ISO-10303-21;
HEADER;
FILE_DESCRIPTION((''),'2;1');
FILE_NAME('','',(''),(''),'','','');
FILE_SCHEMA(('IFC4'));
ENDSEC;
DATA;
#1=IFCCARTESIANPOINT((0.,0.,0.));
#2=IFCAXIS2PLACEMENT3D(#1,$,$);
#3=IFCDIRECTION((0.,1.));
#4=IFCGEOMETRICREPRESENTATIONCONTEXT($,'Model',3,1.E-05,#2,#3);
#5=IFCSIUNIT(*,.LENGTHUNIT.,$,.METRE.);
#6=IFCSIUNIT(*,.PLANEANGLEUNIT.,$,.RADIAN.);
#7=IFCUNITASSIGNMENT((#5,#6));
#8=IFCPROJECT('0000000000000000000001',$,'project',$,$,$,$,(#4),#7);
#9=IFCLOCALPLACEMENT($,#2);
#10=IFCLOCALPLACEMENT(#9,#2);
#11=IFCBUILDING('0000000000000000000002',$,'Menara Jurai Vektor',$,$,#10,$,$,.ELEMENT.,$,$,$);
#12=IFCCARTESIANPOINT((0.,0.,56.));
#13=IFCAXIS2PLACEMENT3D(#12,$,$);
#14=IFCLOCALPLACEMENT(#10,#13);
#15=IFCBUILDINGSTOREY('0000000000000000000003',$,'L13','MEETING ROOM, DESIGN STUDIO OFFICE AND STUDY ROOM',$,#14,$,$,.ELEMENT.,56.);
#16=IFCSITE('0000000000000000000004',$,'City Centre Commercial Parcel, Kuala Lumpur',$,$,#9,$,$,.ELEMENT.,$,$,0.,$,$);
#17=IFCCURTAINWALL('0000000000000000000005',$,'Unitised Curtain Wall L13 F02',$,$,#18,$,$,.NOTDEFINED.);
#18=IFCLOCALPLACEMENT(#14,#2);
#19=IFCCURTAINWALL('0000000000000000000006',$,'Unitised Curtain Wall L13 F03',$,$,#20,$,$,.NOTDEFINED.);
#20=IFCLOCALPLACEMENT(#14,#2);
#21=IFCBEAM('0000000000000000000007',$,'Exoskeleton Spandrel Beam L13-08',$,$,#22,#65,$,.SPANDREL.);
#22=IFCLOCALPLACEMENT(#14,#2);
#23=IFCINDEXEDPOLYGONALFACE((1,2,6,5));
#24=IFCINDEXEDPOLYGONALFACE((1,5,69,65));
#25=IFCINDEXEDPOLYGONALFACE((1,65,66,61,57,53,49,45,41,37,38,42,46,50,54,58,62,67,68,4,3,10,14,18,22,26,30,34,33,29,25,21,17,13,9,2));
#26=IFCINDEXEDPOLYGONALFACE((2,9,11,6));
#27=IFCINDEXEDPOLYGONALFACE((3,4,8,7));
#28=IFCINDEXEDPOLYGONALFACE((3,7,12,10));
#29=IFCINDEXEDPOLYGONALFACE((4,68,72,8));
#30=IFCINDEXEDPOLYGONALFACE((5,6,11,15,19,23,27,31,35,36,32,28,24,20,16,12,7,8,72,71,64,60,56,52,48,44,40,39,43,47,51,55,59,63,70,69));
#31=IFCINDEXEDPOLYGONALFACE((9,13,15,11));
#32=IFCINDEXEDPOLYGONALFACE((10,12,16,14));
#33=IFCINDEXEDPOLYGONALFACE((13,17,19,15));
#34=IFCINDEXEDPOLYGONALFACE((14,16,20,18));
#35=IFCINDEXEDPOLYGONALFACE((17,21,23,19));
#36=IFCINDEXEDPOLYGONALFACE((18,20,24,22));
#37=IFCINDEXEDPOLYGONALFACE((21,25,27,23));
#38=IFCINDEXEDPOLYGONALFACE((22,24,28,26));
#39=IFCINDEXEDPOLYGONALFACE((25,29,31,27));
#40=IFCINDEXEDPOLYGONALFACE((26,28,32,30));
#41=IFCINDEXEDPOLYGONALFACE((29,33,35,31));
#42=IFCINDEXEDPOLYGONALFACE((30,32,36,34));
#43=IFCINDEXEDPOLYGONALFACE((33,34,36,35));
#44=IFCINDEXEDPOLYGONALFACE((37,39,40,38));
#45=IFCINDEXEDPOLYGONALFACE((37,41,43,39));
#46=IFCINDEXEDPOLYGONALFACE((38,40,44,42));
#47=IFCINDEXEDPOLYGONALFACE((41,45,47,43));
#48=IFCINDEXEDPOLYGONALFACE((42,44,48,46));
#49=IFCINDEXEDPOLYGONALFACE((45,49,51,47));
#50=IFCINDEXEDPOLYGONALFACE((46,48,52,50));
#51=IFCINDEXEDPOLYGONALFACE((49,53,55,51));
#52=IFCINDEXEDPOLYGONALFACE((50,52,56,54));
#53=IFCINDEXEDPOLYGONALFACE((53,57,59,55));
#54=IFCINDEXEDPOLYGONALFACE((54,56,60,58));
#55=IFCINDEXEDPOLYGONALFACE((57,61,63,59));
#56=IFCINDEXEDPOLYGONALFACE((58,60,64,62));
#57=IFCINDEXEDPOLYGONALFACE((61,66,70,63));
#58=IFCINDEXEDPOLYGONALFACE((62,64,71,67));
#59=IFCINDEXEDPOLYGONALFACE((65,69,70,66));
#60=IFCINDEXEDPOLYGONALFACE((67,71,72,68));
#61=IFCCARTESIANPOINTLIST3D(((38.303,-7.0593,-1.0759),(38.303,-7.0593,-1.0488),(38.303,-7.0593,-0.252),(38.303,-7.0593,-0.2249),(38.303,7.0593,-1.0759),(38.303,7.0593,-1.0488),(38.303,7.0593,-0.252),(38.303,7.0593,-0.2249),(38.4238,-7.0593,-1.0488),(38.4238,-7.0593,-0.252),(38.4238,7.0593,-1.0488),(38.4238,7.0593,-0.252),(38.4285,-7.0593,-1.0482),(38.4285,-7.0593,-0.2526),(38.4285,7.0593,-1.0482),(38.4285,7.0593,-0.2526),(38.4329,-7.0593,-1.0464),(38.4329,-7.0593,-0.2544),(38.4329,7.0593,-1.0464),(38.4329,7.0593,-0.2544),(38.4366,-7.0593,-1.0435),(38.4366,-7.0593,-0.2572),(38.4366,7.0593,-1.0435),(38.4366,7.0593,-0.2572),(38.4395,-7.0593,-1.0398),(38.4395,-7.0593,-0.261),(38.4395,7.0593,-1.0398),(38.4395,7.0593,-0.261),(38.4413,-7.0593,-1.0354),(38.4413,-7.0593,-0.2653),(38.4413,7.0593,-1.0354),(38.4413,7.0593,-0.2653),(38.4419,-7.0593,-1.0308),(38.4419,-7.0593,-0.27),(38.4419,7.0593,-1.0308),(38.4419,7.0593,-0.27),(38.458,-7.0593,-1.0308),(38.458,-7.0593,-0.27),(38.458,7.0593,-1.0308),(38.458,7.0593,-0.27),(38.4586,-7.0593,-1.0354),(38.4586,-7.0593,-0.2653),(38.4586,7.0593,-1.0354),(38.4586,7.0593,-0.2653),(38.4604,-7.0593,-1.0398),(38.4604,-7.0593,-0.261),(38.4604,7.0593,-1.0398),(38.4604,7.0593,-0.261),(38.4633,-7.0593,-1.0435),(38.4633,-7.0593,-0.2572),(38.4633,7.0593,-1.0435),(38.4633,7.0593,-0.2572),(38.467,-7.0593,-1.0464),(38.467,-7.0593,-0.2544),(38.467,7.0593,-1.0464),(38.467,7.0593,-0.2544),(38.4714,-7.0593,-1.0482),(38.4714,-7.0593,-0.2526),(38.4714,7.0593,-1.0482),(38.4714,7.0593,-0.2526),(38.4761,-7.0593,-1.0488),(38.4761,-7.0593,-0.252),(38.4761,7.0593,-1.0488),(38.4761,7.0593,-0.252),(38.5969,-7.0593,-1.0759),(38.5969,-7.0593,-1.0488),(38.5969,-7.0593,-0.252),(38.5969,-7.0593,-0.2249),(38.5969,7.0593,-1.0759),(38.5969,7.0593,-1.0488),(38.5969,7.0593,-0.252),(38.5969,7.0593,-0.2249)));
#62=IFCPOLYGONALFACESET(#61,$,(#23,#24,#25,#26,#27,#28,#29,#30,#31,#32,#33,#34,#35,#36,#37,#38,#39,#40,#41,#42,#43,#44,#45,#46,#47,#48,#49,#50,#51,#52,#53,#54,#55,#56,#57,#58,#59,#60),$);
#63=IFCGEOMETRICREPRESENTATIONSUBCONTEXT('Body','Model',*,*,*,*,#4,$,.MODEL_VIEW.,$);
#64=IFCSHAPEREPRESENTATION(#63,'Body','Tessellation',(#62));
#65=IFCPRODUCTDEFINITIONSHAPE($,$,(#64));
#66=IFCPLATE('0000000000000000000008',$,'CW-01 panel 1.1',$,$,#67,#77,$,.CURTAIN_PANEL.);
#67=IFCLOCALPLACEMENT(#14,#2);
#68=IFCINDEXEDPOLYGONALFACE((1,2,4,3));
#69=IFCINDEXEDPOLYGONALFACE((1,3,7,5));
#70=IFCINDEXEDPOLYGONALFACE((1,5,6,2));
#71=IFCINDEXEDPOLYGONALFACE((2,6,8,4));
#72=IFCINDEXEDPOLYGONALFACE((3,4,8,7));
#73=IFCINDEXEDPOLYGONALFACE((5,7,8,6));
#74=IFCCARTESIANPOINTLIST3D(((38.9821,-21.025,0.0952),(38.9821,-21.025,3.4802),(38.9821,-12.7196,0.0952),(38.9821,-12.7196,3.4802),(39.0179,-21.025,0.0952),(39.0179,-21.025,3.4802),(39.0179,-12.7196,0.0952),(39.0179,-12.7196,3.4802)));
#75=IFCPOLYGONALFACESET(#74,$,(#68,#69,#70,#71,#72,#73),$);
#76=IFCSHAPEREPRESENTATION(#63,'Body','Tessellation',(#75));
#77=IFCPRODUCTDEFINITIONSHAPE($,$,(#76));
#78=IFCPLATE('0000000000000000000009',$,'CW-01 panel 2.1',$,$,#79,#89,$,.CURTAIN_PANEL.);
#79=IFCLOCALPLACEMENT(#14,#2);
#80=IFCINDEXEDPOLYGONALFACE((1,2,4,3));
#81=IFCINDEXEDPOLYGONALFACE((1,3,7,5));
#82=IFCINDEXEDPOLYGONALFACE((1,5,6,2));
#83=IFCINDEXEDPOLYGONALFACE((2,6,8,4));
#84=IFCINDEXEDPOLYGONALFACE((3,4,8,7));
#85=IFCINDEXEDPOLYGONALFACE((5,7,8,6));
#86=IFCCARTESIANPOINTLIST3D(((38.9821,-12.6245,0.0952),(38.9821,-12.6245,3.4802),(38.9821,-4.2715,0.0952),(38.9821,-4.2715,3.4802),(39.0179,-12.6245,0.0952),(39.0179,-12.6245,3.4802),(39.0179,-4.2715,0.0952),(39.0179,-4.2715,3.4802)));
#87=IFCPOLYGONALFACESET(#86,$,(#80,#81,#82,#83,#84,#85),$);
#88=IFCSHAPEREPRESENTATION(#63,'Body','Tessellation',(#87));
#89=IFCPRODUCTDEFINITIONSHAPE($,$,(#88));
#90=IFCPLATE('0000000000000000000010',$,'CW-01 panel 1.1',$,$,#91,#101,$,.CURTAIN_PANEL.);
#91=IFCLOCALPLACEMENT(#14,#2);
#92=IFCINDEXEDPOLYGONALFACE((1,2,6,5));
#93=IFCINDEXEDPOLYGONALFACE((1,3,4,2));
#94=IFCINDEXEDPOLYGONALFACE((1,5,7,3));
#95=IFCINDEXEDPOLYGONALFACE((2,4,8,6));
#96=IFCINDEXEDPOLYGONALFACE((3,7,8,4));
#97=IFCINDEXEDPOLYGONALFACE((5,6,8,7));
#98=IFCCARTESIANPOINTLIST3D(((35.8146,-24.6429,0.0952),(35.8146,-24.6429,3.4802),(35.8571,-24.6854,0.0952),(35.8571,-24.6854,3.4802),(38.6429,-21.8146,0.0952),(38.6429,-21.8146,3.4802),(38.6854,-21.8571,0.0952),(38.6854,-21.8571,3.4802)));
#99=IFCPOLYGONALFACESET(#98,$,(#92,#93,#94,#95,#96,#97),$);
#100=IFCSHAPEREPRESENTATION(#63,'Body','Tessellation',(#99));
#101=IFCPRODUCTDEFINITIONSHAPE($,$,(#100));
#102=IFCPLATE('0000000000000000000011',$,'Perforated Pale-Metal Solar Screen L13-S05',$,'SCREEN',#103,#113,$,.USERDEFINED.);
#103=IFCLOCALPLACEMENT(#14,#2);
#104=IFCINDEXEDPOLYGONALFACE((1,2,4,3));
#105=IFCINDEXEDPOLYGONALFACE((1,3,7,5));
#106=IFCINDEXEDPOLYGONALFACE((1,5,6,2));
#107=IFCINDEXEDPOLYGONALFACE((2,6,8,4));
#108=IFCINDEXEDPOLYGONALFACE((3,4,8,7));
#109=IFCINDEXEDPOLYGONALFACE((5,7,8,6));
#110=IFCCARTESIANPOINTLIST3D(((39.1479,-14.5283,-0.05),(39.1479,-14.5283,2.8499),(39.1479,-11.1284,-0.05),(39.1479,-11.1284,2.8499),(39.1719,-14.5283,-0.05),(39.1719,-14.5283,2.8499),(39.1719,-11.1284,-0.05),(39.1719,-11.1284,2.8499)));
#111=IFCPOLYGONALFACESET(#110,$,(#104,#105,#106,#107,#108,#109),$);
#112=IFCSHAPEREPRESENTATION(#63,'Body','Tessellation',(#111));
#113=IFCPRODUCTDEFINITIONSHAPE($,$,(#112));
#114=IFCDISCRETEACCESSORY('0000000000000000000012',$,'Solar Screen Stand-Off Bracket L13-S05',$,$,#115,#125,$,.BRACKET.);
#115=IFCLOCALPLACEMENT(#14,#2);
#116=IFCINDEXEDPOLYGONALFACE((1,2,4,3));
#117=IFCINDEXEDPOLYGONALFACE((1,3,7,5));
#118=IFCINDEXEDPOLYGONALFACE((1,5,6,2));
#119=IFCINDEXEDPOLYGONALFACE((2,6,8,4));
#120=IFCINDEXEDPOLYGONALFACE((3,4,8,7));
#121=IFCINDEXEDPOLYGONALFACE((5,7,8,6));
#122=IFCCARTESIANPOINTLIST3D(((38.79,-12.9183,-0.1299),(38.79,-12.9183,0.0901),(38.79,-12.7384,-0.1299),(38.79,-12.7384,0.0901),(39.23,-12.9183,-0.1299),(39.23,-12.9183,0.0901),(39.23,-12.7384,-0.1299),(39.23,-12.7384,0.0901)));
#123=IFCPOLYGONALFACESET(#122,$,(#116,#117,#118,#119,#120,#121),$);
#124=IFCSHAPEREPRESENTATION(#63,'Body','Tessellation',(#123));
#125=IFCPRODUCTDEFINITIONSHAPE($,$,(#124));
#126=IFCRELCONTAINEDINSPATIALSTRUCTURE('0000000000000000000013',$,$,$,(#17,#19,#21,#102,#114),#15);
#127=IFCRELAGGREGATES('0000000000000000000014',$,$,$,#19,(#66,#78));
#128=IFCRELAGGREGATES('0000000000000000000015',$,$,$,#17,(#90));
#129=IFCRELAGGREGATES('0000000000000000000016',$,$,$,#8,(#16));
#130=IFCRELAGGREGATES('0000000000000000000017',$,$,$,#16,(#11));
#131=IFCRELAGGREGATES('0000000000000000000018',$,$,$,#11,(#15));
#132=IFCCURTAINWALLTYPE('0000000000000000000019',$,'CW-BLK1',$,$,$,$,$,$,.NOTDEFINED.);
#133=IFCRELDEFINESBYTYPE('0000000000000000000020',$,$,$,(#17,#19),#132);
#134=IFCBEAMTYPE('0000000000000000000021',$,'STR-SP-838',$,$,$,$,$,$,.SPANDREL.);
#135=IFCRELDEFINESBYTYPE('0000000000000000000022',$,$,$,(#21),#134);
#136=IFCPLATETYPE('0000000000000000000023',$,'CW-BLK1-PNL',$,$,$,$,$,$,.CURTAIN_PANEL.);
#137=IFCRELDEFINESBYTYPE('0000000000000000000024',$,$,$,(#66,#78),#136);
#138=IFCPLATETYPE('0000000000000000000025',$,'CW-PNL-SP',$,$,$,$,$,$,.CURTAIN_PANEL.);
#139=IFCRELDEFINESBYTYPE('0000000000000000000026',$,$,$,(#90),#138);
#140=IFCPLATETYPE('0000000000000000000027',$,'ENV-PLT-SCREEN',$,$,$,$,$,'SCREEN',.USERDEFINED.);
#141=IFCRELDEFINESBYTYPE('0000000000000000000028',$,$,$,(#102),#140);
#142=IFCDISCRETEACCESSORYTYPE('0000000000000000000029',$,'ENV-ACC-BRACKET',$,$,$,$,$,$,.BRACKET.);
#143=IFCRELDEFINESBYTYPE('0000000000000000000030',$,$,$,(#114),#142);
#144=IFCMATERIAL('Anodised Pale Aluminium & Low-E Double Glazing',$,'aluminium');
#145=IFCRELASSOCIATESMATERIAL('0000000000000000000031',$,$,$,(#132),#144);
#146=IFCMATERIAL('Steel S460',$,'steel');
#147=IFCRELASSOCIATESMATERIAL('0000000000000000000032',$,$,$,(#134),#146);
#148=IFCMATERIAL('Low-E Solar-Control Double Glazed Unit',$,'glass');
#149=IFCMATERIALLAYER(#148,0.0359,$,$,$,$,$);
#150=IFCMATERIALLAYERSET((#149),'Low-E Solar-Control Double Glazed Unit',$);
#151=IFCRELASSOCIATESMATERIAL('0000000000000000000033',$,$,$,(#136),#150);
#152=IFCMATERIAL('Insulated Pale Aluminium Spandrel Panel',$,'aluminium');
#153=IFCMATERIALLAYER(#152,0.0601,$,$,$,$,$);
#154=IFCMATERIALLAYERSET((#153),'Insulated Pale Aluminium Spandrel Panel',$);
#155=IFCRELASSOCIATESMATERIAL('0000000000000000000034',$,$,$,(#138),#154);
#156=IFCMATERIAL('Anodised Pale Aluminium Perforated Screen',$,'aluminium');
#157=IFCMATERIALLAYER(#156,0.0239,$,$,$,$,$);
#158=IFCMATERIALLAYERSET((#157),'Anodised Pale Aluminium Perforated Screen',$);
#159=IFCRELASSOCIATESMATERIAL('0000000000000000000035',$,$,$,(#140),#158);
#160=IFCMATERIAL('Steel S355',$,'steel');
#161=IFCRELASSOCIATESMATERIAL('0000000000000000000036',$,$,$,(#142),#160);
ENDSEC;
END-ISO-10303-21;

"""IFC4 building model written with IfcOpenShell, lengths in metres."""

from ifc_helpers import new_model, si_unit, direction, frame, origin, origin_2d, place, context, subcontext, project, spatial, rectangle, i_section, extrude, material, layer, layer_set, material_profile, profile_set, type_object, element, aggregate, save


model = new_model("IFC4")

# Units and contexts
model_context = context("Model", 3, precision=1e-05, world=origin(), true_north=direction((0.0, 1.0)))
body_context = subcontext(model_context, "Body", "Model", "MODEL_VIEW")
ifc_project = project(units=[si_unit("LENGTHUNIT", "METRE"), si_unit("PLANEANGLEUNIT", "RADIAN")], contexts=[model_context])

# Site, building, storey
site_placement = place(None, origin())
site = spatial("IfcSite", under=ifc_project, at=site_placement, Name="City Centre Commercial Parcel, Kuala Lumpur", CompositionType="ELEMENT", RefElevation=0.0)
building_placement = place(site_placement, origin())
building = spatial("IfcBuilding", under=site, at=building_placement, Name="Menara Jurai Vektor", CompositionType="ELEMENT")
storey_placement = place(building_placement, frame((0.0, 0.0, 56.0)))
storey = spatial("IfcBuildingStorey", under=building, at=storey_placement, Name="L13", Description="MEETING ROOM, DESIGN STUDIO OFFICE AND STUDY ROOM", CompositionType="ELEMENT", Elevation=56.0)

# Shared definitions
ifc_material_1 = material(Name="Steel S460", Category="steel")

# Curtain wall
ifc_material_2 = material(Name="Anodised Pale Aluminium & Low-E Double Glazing", Category="aluminium")
curtain_wall_type = type_object("IfcCurtainWallType", Name="CW-BLK1", PredefinedType="NOTDEFINED", material=ifc_material_2)
curtain_wall_1_placement = place(storey_placement, origin())
curtain_wall_1 = element("IfcCurtainWall", 1, at=curtain_wall_1_placement, inside=storey, type_object=curtain_wall_type, Name="Unitised Curtain Wall L13 F02", PredefinedType="NOTDEFINED")

# Curtain wall
curtain_wall_2_placement = place(storey_placement, origin())
curtain_wall_2 = element("IfcCurtainWall", 2, at=curtain_wall_2_placement, inside=storey, type_object=curtain_wall_type, Name="Unitised Curtain Wall L13 F03", PredefinedType="NOTDEFINED")

# Beam
ifc_material_3 = material(Name="Steel S355", Category="steel")
ifc_material_profile_1 = material_profile(ifc_material_1, i_section(OverallWidth=0.2939, OverallDepth=0.8511, WebThickness=0.0161, FlangeThickness=0.0271, FilletRadius=0.0181, at=origin_2d()), Name="UKB 838x292x226")
ifc_profile_set_1 = profile_set([ifc_material_profile_1], Name="Steel S460")
beam_type_1 = type_object("IfcBeamType", Name="STR-SP-838", PredefinedType="SPANDREL", material=ifc_profile_set_1)
beam_1_placement = place(storey_placement, frame((38.45, -7.0593, -0.6504), z_axis=(0.0, 1.0, 0.0), x_axis=(-1.0, 0.0, 0.0)))
element("IfcBeam", 3, at=beam_1_placement, inside=storey, type_object=beam_type_1, Name="Exoskeleton Spandrel Beam L13-08", PredefinedType="SPANDREL", context=body_context, shape_type="SweptSolid", body=[
    extrude(i_section(OverallWidth=0.2939, OverallDepth=0.8511, WebThickness=0.0161, FlangeThickness=0.0271, FilletRadius=0.0181, at=origin_2d()), origin(), (0.0, 0.0, 1.0), 14.1187),
])

# Plates
ifc_material_4 = material(Name="Low-E Solar-Control Double Glazed Unit", Category="glass")
ifc_layer_1 = layer(ifc_material_4, 0.0359)
ifc_layer_set_1 = layer_set([ifc_layer_1], Name="Low-E Solar-Control Double Glazed Unit")
plate_type_1 = type_object("IfcPlateType", Name="CW-BLK1-PNL", PredefinedType="CURTAIN_PANEL", material=ifc_layer_set_1)
plate_1_placement = place(storey_placement, frame((39.0, -16.8723, 0.0952), z_axis=(0.0, 0.0, 1.0), x_axis=(0.0, 1.0, 0.0)))
plate_1 = element("IfcPlate", 4, at=plate_1_placement, type_object=plate_type_1, Name="CW-01 panel 1.1", PredefinedType="CURTAIN_PANEL", context=body_context, shape_type="SweptSolid", body=[
    extrude(rectangle(XDim=8.3054, YDim=0.0359, at=origin_2d()), origin(), (0.0, 0.0, 1.0), 3.385),
])
plate_2_placement = place(storey_placement, frame((39.0, -8.448, 0.0952), z_axis=(0.0, 0.0, 1.0), x_axis=(0.0, 1.0, 0.0)))
plate_2 = element("IfcPlate", 5, at=plate_2_placement, type_object=plate_type_1, Name="CW-01 panel 2.1", PredefinedType="CURTAIN_PANEL", context=body_context, shape_type="SweptSolid", body=[
    extrude(rectangle(XDim=8.353, YDim=0.0359, at=origin_2d()), origin(), (0.0, 0.0, 1.0), 3.385),
])
aggregate(curtain_wall_2, [plate_1, plate_2])
ifc_material_5 = material(Name="Insulated Pale Aluminium Spandrel Panel", Category="aluminium")
ifc_layer_2 = layer(ifc_material_5, 0.0601)
ifc_layer_set_2 = layer_set([ifc_layer_2], Name="Insulated Pale Aluminium Spandrel Panel")
plate_type_2 = type_object("IfcPlateType", Name="CW-PNL-SP", PredefinedType="CURTAIN_PANEL", material=ifc_layer_set_2)
plate_3_placement = place(storey_placement, frame((37.25, -23.25, 0.0952), z_axis=(0.0, 0.0, 1.0), x_axis=(0.707107, 0.707107, 0.0)))
plate_3 = element("IfcPlate", 6, at=plate_3_placement, type_object=plate_type_2, Name="CW-01 panel 1.1", PredefinedType="CURTAIN_PANEL", context=body_context, shape_type="SweptSolid", body=[
    extrude(rectangle(XDim=3.9998, YDim=0.0601, at=origin_2d()), origin(), (0.0, 0.0, 1.0), 3.385),
])
aggregate(curtain_wall_1, [plate_3])
ifc_material_6 = material(Name="Anodised Pale Aluminium Perforated Screen", Category="aluminium")
ifc_layer_3 = layer(ifc_material_6, 0.0239)
ifc_layer_set_3 = layer_set([ifc_layer_3], Name="Anodised Pale Aluminium Perforated Screen")
plate_type_3 = type_object("IfcPlateType", Name="ENV-PLT-SCREEN", ElementType="SCREEN", PredefinedType="USERDEFINED", material=ifc_layer_set_3)
plate_4_placement = place(storey_placement, frame((39.1599, -12.8284, -0.05), z_axis=(0.0, 0.0, 1.0), x_axis=(0.0, 1.0, 0.0)))
element("IfcPlate", 7, at=plate_4_placement, inside=storey, type_object=plate_type_3, Name="Perforated Pale-Metal Solar Screen L13-S05", ObjectType="SCREEN", PredefinedType="USERDEFINED", context=body_context, shape_type="SweptSolid", body=[
    extrude(rectangle(XDim=3.3999, YDim=0.0239, at=origin_2d()), origin(), (0.0, 0.0, 1.0), 2.8999),
])

# Discrete accessory
discrete_accessory_type = type_object("IfcDiscreteAccessoryType", Name="ENV-ACC-BRACKET", PredefinedType="BRACKET", material=ifc_material_3)
discrete_accessory_placement = place(storey_placement, frame((39.01, -12.8284, -0.1299), z_axis=(0.0, 0.0, 1.0), x_axis=(0.0, 1.0, 0.0)))
element("IfcDiscreteAccessory", 8, at=discrete_accessory_placement, inside=storey, type_object=discrete_accessory_type, Name="Solar Screen Stand-Off Bracket L13-S05", PredefinedType="BRACKET", context=body_context, shape_type="SweptSolid", body=[
    extrude(rectangle(XDim=0.1799, YDim=0.4399, at=origin_2d()), origin(), (0.0, 0.0, 1.0), 0.22),
])

save(model, "model.ifc")
